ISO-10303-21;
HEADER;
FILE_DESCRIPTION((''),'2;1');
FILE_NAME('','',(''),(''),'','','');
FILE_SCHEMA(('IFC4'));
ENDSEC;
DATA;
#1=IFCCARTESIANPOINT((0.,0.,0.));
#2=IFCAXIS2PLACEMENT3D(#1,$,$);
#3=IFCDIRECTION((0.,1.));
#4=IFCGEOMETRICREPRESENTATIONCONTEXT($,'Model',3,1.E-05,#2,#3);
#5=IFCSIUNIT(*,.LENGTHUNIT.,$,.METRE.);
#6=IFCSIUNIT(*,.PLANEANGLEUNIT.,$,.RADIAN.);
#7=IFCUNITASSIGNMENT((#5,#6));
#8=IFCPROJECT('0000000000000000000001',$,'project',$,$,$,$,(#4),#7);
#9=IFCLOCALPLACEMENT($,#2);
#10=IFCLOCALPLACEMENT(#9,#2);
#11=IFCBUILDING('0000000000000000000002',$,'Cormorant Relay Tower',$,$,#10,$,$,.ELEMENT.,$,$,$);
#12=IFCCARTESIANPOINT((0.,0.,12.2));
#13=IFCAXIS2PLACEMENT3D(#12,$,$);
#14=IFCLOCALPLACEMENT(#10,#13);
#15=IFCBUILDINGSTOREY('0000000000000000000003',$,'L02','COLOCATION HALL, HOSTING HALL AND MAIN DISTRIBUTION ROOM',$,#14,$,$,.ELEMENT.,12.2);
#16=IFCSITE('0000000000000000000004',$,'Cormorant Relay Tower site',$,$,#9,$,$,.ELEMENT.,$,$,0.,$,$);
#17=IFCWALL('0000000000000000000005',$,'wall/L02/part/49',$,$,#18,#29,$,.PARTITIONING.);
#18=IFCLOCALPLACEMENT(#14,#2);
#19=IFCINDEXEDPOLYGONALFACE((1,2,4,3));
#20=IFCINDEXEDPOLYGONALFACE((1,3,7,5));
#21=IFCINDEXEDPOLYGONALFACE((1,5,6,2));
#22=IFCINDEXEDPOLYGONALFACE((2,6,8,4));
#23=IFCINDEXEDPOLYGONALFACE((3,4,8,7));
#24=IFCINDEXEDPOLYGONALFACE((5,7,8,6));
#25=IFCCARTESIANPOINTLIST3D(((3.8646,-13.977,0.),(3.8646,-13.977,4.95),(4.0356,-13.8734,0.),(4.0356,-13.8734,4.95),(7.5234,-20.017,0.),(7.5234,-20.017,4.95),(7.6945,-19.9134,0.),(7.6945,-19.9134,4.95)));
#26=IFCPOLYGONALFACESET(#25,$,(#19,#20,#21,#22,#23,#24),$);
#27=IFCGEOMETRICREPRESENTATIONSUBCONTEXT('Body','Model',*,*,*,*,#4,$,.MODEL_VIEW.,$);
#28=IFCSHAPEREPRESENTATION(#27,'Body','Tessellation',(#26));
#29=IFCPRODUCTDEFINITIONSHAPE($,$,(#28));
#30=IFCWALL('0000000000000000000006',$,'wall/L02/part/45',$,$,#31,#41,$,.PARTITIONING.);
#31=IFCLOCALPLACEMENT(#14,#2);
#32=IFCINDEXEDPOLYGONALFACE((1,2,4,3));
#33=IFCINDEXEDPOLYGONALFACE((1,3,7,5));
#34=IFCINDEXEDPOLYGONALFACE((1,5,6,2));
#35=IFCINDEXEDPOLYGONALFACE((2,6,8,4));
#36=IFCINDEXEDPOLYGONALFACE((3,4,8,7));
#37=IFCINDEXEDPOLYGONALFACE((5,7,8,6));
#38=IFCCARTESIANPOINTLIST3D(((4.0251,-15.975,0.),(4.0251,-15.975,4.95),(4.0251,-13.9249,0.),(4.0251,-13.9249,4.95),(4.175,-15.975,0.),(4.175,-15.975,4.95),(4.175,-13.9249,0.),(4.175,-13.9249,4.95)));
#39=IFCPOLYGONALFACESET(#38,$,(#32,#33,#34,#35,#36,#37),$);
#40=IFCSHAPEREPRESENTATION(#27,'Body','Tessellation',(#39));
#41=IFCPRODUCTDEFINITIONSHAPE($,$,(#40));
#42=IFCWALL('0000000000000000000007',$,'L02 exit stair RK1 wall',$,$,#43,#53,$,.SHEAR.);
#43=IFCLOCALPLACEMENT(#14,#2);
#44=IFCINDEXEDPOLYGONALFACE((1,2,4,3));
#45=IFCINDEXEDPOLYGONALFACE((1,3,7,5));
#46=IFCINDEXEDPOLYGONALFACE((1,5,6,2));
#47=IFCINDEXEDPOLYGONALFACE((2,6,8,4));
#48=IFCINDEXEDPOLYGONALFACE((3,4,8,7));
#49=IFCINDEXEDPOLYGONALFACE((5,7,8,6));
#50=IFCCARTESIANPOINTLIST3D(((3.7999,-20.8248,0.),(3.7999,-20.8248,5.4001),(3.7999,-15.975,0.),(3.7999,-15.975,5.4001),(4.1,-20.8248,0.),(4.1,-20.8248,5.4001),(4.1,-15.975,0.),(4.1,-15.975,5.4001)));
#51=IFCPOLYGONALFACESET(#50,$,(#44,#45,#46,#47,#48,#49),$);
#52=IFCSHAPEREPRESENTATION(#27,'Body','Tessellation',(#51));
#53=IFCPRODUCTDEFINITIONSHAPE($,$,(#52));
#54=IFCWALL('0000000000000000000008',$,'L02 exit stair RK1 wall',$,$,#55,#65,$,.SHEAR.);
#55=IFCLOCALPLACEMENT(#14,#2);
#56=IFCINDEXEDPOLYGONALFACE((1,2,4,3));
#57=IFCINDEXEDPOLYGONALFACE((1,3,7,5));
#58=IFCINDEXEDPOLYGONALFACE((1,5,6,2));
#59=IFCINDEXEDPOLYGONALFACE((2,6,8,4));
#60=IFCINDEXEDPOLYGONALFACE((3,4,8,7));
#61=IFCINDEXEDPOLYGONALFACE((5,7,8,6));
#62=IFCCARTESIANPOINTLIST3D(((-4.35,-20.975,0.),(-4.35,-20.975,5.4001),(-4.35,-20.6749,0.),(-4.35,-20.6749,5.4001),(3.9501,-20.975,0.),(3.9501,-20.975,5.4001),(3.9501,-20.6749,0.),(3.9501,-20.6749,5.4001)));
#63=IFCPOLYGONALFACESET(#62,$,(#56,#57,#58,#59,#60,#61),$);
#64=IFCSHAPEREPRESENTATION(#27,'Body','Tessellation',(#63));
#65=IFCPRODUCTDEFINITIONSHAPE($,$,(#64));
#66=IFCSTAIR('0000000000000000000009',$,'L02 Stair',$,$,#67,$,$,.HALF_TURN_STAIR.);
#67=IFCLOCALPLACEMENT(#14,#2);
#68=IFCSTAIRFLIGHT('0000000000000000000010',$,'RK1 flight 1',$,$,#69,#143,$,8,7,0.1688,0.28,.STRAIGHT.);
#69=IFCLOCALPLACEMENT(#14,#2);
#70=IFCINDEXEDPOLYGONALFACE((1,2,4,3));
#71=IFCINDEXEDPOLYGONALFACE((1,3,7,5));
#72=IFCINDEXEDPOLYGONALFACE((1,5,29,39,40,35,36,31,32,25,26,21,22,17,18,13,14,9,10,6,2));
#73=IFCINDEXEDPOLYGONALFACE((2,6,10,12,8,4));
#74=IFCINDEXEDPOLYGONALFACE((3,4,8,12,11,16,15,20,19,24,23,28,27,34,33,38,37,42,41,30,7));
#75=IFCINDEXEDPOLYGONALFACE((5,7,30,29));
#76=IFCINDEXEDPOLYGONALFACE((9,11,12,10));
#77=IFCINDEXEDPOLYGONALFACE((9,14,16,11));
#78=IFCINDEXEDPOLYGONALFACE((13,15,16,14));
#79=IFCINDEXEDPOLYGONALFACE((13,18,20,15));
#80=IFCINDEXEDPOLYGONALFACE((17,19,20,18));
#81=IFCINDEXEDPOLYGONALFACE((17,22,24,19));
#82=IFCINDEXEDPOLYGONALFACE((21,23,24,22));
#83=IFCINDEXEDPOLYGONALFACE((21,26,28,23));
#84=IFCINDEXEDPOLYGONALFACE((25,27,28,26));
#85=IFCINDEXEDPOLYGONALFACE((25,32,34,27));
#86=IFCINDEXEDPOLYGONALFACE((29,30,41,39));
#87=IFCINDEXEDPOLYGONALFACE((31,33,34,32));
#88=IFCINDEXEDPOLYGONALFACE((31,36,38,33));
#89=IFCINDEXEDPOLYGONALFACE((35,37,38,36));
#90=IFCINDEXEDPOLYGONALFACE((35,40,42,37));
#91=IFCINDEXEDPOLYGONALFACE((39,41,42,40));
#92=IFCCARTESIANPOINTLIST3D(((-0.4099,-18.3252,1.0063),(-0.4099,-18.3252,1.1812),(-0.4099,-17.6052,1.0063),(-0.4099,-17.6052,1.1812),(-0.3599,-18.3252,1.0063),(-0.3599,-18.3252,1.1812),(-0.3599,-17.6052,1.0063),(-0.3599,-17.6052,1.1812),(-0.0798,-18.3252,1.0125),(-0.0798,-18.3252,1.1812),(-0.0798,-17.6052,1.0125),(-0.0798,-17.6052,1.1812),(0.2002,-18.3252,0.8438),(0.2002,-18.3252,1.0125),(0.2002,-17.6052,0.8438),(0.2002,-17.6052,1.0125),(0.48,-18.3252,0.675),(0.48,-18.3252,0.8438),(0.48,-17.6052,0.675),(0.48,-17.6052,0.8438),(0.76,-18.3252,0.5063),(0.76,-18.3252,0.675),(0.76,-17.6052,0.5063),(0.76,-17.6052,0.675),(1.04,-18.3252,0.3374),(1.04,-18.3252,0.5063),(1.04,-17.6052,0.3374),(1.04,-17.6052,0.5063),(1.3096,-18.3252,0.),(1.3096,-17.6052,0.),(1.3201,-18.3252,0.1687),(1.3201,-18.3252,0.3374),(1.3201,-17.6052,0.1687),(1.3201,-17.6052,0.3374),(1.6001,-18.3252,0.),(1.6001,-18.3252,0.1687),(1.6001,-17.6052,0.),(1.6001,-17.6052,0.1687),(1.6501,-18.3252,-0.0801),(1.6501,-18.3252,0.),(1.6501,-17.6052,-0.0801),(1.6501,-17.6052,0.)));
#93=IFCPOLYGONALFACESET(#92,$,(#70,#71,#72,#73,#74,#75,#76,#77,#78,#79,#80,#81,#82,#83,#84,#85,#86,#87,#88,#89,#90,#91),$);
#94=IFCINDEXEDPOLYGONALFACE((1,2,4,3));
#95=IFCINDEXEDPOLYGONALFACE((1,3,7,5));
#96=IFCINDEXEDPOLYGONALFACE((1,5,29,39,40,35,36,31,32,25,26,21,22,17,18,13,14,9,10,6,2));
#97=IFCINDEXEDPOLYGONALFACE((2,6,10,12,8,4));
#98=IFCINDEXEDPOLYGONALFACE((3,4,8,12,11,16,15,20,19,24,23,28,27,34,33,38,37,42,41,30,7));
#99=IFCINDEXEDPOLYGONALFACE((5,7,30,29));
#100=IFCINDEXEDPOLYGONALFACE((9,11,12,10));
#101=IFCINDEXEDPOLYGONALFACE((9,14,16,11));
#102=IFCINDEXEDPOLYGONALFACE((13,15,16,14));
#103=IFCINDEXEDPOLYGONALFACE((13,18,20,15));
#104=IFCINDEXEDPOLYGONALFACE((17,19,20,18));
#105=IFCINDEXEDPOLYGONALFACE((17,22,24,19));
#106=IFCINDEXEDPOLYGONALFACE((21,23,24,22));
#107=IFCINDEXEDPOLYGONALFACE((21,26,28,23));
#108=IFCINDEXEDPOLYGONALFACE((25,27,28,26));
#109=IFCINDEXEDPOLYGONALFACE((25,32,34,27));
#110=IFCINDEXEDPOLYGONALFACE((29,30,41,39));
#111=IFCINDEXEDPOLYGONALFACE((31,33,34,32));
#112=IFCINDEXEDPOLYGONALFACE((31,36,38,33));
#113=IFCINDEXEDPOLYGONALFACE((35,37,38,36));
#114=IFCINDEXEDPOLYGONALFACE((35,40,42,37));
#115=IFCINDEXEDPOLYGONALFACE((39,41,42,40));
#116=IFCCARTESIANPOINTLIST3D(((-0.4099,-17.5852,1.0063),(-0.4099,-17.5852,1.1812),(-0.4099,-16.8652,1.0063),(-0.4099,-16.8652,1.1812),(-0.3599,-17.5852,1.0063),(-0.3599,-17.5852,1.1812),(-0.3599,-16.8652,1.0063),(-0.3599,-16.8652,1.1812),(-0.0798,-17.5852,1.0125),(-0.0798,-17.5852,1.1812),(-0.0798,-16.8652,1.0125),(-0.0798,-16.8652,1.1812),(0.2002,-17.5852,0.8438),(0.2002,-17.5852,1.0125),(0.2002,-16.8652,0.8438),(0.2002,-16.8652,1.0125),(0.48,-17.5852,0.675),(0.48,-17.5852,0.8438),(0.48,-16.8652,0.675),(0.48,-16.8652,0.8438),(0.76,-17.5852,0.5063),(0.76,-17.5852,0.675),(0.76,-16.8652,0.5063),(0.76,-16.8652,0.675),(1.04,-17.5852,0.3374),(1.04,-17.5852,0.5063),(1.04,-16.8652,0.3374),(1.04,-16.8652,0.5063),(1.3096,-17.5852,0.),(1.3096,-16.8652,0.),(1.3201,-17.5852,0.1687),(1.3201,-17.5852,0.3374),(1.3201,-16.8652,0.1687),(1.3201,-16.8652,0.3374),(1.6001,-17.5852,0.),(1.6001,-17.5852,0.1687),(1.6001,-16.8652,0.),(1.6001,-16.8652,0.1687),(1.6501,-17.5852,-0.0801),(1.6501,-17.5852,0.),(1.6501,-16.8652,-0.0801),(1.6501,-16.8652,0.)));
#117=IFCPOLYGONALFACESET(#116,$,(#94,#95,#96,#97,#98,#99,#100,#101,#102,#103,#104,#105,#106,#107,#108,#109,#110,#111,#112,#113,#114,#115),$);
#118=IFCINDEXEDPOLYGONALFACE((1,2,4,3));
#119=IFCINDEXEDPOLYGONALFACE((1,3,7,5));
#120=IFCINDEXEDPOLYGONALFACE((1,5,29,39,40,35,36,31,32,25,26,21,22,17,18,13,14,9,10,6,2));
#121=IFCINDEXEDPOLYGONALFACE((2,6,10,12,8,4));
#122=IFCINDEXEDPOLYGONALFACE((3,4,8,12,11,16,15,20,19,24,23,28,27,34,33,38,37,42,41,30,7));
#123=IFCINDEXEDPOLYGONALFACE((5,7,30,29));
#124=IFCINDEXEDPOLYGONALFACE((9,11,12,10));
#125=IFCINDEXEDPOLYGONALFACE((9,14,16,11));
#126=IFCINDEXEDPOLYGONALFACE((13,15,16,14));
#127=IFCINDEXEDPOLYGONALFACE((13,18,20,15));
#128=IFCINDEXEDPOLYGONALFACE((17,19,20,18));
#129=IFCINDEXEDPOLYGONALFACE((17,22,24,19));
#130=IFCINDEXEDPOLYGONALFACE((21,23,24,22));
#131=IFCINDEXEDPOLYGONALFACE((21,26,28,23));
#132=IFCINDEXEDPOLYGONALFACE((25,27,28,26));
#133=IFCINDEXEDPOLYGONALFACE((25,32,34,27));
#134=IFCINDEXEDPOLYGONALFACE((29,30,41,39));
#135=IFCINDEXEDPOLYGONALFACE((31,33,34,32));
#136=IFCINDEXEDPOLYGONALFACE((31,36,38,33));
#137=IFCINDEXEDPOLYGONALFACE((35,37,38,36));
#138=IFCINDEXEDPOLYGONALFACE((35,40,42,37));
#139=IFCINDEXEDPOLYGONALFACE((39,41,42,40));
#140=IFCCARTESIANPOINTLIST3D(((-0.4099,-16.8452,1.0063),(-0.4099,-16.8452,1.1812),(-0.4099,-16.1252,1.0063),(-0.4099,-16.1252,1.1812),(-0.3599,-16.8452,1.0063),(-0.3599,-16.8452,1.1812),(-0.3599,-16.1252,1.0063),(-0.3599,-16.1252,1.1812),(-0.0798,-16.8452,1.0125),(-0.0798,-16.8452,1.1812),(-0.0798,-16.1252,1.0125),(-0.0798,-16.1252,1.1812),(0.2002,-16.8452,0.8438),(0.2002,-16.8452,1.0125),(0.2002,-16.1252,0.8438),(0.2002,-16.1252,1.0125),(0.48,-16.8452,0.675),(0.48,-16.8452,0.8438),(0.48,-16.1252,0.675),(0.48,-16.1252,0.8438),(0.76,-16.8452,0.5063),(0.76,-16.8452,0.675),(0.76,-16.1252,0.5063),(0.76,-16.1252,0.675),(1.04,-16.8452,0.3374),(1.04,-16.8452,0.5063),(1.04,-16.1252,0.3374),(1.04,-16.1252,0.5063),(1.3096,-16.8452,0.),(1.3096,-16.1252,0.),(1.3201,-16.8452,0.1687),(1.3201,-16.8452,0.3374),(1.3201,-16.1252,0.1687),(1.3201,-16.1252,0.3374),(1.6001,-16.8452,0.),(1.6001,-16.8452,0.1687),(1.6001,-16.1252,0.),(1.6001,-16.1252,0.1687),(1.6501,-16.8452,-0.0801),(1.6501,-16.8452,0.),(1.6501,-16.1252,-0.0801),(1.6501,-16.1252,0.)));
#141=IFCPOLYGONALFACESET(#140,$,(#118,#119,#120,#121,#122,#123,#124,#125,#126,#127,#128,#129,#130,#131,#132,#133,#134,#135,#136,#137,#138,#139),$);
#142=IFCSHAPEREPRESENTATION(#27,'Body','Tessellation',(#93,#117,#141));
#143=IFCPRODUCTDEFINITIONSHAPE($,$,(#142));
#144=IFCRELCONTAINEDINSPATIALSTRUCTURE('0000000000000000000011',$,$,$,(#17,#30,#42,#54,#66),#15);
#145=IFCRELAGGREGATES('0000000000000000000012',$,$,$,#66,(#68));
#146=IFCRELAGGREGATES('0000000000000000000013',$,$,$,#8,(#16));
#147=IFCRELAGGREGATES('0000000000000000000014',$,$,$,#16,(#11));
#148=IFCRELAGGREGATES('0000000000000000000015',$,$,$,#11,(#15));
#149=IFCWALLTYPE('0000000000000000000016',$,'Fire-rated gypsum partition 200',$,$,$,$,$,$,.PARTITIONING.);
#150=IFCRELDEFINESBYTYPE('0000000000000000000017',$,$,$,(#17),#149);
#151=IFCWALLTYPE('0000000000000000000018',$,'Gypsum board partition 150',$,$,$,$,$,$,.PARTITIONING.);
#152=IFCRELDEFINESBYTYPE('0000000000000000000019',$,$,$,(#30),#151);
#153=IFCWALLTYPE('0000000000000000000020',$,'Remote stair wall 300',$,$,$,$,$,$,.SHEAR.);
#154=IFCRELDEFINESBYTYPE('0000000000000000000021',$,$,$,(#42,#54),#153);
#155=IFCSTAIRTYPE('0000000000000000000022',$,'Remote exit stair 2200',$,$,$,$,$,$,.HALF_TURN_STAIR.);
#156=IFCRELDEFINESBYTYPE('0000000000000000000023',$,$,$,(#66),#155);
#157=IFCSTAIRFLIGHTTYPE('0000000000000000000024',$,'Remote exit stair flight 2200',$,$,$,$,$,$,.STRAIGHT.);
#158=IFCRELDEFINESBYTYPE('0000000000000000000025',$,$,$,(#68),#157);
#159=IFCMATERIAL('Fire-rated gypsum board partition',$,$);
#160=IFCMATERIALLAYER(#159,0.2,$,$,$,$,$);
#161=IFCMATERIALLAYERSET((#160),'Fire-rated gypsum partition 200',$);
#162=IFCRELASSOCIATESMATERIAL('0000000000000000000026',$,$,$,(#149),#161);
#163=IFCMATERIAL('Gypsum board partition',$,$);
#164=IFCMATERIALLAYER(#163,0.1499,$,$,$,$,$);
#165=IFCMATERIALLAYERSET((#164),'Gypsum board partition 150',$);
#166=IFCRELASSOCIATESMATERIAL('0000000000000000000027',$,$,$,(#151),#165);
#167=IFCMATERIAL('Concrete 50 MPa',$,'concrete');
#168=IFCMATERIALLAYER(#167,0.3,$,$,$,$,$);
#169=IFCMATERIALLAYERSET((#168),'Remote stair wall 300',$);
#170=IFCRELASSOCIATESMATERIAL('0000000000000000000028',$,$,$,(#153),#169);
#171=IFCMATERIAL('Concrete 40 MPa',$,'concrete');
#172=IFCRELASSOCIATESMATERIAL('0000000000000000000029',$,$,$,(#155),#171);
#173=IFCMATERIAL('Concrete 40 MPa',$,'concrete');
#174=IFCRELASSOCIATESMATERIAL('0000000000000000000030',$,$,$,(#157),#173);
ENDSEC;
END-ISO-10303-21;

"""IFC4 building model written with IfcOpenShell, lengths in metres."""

from ifc_helpers import new_model, si_unit, direction, frame, frame_2d, origin, place, context, subcontext, project, spatial, polyline, rectangle, outline, extrude, material, layer, layer_set, type_object, element, aggregate, save


model = new_model("IFC4")

# Units and contexts
model_context = context("Model", 3, precision=1e-05, world=origin(), true_north=direction((0.0, 1.0)))
body_context = subcontext(model_context, "Body", "Model", "MODEL_VIEW")
ifc_project = project(units=[si_unit("LENGTHUNIT", "METRE"), si_unit("PLANEANGLEUNIT", "RADIAN")], contexts=[model_context])

# Site, building, storey
site_placement = place(None, origin())
site = spatial("IfcSite", under=ifc_project, at=site_placement, Name="Cormorant Relay Tower site", CompositionType="ELEMENT", RefElevation=0.0)
building_placement = place(site_placement, origin())
building = spatial("IfcBuilding", under=site, at=building_placement, Name="Cormorant Relay Tower", CompositionType="ELEMENT")
storey_placement = place(building_placement, frame((0.0, 0.0, 12.2)))
storey = spatial("IfcBuildingStorey", under=building, at=storey_placement, Name="L02", Description="COLOCATION HALL, HOSTING HALL AND MAIN DISTRIBUTION ROOM", CompositionType="ELEMENT", Elevation=12.2)

# Shared definitions
ifc_material_1 = material(Name="Fire-rated gypsum board partition")
ifc_layer_1 = layer(ifc_material_1, 0.2)
ifc_layer_set_1 = layer_set([ifc_layer_1], Name="Fire-rated gypsum partition 200")
wall_type_1 = type_object("IfcWallType", Name="Fire-rated gypsum partition 200", PredefinedType="PARTITIONING", material=ifc_layer_set_1)

# Walls
wall_1_placement = place(storey_placement, frame((7.6089, -19.9651, 0.0), z_axis=(0.0, 0.0, 1.0), x_axis=(-0.518126, 0.855304, 0.0)))
element("IfcWall", 1, at=wall_1_placement, inside=storey, type_object=wall_type_1, Name="wall/L02/part/49", PredefinedType="PARTITIONING", context=body_context, shape_type="SweptSolid", body=[
    extrude(rectangle(XDim=7.0618, YDim=0.2, at=frame_2d((3.5308, 0.0))), origin(), (0.0, 0.0, 1.0), 4.95),
])
ifc_material_2 = material(Name="Gypsum board partition")
ifc_layer_2 = layer(ifc_material_2, 0.1499)
ifc_layer_set_2 = layer_set([ifc_layer_2], Name="Gypsum board partition 150")
wall_type_2 = type_object("IfcWallType", Name="Gypsum board partition 150", PredefinedType="PARTITIONING", material=ifc_layer_set_2)
wall_2_placement = place(storey_placement, frame((4.1001, -13.925, 0.0), z_axis=(0.0, 0.0, 1.0), x_axis=(0.0, -1.0, 0.0)))
element("IfcWall", 2, at=wall_2_placement, inside=storey, type_object=wall_type_2, Name="wall/L02/part/45", PredefinedType="PARTITIONING", context=body_context, shape_type="SweptSolid", body=[
    extrude(rectangle(XDim=2.05, YDim=0.1499, at=frame_2d((1.0249, 0.0))), origin(), (0.0, 0.0, 1.0), 4.95),
])
ifc_material_3 = material(Name="Concrete 50 MPa", Category="concrete")
ifc_layer_3 = layer(ifc_material_3, 0.3)
ifc_layer_set_3 = layer_set([ifc_layer_3], Name="Remote stair wall 300")
wall_type_3 = type_object("IfcWallType", Name="Remote stair wall 300", PredefinedType="SHEAR", material=ifc_layer_set_3)
wall_3_placement = place(storey_placement, frame((3.95, -15.9751, 0.0), z_axis=(0.0, 0.0, 1.0), x_axis=(0.0, -1.0, 0.0)))
element("IfcWall", 3, at=wall_3_placement, inside=storey, type_object=wall_type_3, Name="L02 exit stair RK1 wall", PredefinedType="SHEAR", context=body_context, shape_type="SweptSolid", body=[
    extrude(rectangle(XDim=4.8499, YDim=0.3, at=frame_2d((2.4248, 0.0))), origin(), (0.0, 0.0, 1.0), 5.4001),
])
wall_4_placement = place(storey_placement, frame((3.95, -20.825, 0.0), z_axis=(0.0, 0.0, 1.0), x_axis=(-1.0, 0.0, 0.0)))
element("IfcWall", 4, at=wall_4_placement, inside=storey, type_object=wall_type_3, Name="L02 exit stair RK1 wall", PredefinedType="SHEAR", context=body_context, shape_type="SweptSolid", body=[
    extrude(rectangle(XDim=8.3, YDim=0.3, at=frame_2d((4.1499, 0.0))), origin(), (0.0, 0.0, 1.0), 5.4001),
])

# Stair, stair flight
ifc_material_4 = material(Name="Concrete 40 MPa", Category="concrete")
stair_type = type_object("IfcStairType", Name="Remote exit stair 2200", PredefinedType="HALF_TURN_STAIR", material=ifc_material_4)
stair_placement = place(storey_placement, origin())
stair = element("IfcStair", 5, at=stair_placement, inside=storey, type_object=stair_type, Name="L02 Stair", PredefinedType="HALF_TURN_STAIR")
ifc_material_5 = material(Name="Concrete 40 MPa", Category="concrete")
stair_flight_type = type_object("IfcStairFlightType", Name="Remote exit stair flight 2200", PredefinedType="STRAIGHT", material=ifc_material_5)
stair_flight_1_placement = place(storey_placement, frame((1.6001, -17.2251, 0.0), z_axis=(0.0, 0.0, 1.0), x_axis=(-1.0, 0.0, 0.0)))
stair_flight_1 = element("IfcStairFlight", 6, at=stair_flight_1_placement, type_object=stair_flight_type, Name="RK1 flight 1", NumberOfRisers=8, NumberOfTreads=7, PredefinedType="STRAIGHT", RiserHeight=0.1688, TreadLength=0.28, context=body_context, shape_type="SweptSolid", body=[
    extrude(outline(polyline([(-0.05, -0.0801), (-0.05, 0.0), (0.0, 0.0), (0.0, 0.1687), (0.28, 0.1687), (0.28, 0.3374), (0.5601, 0.3374), (0.5601, 0.5063), (0.8401, 0.5063), (0.8401, 0.675), (1.1201, 0.675), (1.1201, 0.8438), (1.3999, 0.8438), (1.3999, 1.0125), (1.6799, 1.0125), (1.6799, 1.1812), (1.96, 1.1812), (2.01, 1.1812), (2.01, 1.0063), (1.96, 1.0063), (0.2905, 0.0), (-0.05, -0.0801)])), frame((0.0, 1.1001, 0.0), z_axis=(0.0, -1.0, 0.0), x_axis=(1.0, 0.0, 0.0)), (0.0, 0.0, 1.0), 0.72),
    extrude(outline(polyline([(-0.05, -0.0801), (-0.05, 0.0), (0.0, 0.0), (0.0, 0.1687), (0.28, 0.1687), (0.28, 0.3374), (0.5601, 0.3374), (0.5601, 0.5063), (0.8401, 0.5063), (0.8401, 0.675), (1.1201, 0.675), (1.1201, 0.8438), (1.3999, 0.8438), (1.3999, 1.0125), (1.6799, 1.0125), (1.6799, 1.1812), (1.96, 1.1812), (2.01, 1.1812), (2.01, 1.0063), (1.96, 1.0063), (0.2905, 0.0), (-0.05, -0.0801)])), frame((0.0, 0.3601, 0.0), z_axis=(0.0, -1.0, 0.0), x_axis=(1.0, 0.0, 0.0)), (0.0, 0.0, 1.0), 0.72),
    extrude(outline(polyline([(-0.05, -0.0801), (-0.05, 0.0), (0.0, 0.0), (0.0, 0.1687), (0.28, 0.1687), (0.28, 0.3374), (0.5601, 0.3374), (0.5601, 0.5063), (0.8401, 0.5063), (0.8401, 0.675), (1.1201, 0.675), (1.1201, 0.8438), (1.3999, 0.8438), (1.3999, 1.0125), (1.6799, 1.0125), (1.6799, 1.1812), (1.96, 1.1812), (2.01, 1.1812), (2.01, 1.0063), (1.96, 1.0063), (0.2905, 0.0), (-0.05, -0.0801)])), frame((0.0, -0.3799, 0.0), z_axis=(0.0, -1.0, 0.0), x_axis=(1.0, 0.0, 0.0)), (0.0, 0.0, 1.0), 0.72),
])
aggregate(stair, [stair_flight_1])

save(model, "model.ifc")
